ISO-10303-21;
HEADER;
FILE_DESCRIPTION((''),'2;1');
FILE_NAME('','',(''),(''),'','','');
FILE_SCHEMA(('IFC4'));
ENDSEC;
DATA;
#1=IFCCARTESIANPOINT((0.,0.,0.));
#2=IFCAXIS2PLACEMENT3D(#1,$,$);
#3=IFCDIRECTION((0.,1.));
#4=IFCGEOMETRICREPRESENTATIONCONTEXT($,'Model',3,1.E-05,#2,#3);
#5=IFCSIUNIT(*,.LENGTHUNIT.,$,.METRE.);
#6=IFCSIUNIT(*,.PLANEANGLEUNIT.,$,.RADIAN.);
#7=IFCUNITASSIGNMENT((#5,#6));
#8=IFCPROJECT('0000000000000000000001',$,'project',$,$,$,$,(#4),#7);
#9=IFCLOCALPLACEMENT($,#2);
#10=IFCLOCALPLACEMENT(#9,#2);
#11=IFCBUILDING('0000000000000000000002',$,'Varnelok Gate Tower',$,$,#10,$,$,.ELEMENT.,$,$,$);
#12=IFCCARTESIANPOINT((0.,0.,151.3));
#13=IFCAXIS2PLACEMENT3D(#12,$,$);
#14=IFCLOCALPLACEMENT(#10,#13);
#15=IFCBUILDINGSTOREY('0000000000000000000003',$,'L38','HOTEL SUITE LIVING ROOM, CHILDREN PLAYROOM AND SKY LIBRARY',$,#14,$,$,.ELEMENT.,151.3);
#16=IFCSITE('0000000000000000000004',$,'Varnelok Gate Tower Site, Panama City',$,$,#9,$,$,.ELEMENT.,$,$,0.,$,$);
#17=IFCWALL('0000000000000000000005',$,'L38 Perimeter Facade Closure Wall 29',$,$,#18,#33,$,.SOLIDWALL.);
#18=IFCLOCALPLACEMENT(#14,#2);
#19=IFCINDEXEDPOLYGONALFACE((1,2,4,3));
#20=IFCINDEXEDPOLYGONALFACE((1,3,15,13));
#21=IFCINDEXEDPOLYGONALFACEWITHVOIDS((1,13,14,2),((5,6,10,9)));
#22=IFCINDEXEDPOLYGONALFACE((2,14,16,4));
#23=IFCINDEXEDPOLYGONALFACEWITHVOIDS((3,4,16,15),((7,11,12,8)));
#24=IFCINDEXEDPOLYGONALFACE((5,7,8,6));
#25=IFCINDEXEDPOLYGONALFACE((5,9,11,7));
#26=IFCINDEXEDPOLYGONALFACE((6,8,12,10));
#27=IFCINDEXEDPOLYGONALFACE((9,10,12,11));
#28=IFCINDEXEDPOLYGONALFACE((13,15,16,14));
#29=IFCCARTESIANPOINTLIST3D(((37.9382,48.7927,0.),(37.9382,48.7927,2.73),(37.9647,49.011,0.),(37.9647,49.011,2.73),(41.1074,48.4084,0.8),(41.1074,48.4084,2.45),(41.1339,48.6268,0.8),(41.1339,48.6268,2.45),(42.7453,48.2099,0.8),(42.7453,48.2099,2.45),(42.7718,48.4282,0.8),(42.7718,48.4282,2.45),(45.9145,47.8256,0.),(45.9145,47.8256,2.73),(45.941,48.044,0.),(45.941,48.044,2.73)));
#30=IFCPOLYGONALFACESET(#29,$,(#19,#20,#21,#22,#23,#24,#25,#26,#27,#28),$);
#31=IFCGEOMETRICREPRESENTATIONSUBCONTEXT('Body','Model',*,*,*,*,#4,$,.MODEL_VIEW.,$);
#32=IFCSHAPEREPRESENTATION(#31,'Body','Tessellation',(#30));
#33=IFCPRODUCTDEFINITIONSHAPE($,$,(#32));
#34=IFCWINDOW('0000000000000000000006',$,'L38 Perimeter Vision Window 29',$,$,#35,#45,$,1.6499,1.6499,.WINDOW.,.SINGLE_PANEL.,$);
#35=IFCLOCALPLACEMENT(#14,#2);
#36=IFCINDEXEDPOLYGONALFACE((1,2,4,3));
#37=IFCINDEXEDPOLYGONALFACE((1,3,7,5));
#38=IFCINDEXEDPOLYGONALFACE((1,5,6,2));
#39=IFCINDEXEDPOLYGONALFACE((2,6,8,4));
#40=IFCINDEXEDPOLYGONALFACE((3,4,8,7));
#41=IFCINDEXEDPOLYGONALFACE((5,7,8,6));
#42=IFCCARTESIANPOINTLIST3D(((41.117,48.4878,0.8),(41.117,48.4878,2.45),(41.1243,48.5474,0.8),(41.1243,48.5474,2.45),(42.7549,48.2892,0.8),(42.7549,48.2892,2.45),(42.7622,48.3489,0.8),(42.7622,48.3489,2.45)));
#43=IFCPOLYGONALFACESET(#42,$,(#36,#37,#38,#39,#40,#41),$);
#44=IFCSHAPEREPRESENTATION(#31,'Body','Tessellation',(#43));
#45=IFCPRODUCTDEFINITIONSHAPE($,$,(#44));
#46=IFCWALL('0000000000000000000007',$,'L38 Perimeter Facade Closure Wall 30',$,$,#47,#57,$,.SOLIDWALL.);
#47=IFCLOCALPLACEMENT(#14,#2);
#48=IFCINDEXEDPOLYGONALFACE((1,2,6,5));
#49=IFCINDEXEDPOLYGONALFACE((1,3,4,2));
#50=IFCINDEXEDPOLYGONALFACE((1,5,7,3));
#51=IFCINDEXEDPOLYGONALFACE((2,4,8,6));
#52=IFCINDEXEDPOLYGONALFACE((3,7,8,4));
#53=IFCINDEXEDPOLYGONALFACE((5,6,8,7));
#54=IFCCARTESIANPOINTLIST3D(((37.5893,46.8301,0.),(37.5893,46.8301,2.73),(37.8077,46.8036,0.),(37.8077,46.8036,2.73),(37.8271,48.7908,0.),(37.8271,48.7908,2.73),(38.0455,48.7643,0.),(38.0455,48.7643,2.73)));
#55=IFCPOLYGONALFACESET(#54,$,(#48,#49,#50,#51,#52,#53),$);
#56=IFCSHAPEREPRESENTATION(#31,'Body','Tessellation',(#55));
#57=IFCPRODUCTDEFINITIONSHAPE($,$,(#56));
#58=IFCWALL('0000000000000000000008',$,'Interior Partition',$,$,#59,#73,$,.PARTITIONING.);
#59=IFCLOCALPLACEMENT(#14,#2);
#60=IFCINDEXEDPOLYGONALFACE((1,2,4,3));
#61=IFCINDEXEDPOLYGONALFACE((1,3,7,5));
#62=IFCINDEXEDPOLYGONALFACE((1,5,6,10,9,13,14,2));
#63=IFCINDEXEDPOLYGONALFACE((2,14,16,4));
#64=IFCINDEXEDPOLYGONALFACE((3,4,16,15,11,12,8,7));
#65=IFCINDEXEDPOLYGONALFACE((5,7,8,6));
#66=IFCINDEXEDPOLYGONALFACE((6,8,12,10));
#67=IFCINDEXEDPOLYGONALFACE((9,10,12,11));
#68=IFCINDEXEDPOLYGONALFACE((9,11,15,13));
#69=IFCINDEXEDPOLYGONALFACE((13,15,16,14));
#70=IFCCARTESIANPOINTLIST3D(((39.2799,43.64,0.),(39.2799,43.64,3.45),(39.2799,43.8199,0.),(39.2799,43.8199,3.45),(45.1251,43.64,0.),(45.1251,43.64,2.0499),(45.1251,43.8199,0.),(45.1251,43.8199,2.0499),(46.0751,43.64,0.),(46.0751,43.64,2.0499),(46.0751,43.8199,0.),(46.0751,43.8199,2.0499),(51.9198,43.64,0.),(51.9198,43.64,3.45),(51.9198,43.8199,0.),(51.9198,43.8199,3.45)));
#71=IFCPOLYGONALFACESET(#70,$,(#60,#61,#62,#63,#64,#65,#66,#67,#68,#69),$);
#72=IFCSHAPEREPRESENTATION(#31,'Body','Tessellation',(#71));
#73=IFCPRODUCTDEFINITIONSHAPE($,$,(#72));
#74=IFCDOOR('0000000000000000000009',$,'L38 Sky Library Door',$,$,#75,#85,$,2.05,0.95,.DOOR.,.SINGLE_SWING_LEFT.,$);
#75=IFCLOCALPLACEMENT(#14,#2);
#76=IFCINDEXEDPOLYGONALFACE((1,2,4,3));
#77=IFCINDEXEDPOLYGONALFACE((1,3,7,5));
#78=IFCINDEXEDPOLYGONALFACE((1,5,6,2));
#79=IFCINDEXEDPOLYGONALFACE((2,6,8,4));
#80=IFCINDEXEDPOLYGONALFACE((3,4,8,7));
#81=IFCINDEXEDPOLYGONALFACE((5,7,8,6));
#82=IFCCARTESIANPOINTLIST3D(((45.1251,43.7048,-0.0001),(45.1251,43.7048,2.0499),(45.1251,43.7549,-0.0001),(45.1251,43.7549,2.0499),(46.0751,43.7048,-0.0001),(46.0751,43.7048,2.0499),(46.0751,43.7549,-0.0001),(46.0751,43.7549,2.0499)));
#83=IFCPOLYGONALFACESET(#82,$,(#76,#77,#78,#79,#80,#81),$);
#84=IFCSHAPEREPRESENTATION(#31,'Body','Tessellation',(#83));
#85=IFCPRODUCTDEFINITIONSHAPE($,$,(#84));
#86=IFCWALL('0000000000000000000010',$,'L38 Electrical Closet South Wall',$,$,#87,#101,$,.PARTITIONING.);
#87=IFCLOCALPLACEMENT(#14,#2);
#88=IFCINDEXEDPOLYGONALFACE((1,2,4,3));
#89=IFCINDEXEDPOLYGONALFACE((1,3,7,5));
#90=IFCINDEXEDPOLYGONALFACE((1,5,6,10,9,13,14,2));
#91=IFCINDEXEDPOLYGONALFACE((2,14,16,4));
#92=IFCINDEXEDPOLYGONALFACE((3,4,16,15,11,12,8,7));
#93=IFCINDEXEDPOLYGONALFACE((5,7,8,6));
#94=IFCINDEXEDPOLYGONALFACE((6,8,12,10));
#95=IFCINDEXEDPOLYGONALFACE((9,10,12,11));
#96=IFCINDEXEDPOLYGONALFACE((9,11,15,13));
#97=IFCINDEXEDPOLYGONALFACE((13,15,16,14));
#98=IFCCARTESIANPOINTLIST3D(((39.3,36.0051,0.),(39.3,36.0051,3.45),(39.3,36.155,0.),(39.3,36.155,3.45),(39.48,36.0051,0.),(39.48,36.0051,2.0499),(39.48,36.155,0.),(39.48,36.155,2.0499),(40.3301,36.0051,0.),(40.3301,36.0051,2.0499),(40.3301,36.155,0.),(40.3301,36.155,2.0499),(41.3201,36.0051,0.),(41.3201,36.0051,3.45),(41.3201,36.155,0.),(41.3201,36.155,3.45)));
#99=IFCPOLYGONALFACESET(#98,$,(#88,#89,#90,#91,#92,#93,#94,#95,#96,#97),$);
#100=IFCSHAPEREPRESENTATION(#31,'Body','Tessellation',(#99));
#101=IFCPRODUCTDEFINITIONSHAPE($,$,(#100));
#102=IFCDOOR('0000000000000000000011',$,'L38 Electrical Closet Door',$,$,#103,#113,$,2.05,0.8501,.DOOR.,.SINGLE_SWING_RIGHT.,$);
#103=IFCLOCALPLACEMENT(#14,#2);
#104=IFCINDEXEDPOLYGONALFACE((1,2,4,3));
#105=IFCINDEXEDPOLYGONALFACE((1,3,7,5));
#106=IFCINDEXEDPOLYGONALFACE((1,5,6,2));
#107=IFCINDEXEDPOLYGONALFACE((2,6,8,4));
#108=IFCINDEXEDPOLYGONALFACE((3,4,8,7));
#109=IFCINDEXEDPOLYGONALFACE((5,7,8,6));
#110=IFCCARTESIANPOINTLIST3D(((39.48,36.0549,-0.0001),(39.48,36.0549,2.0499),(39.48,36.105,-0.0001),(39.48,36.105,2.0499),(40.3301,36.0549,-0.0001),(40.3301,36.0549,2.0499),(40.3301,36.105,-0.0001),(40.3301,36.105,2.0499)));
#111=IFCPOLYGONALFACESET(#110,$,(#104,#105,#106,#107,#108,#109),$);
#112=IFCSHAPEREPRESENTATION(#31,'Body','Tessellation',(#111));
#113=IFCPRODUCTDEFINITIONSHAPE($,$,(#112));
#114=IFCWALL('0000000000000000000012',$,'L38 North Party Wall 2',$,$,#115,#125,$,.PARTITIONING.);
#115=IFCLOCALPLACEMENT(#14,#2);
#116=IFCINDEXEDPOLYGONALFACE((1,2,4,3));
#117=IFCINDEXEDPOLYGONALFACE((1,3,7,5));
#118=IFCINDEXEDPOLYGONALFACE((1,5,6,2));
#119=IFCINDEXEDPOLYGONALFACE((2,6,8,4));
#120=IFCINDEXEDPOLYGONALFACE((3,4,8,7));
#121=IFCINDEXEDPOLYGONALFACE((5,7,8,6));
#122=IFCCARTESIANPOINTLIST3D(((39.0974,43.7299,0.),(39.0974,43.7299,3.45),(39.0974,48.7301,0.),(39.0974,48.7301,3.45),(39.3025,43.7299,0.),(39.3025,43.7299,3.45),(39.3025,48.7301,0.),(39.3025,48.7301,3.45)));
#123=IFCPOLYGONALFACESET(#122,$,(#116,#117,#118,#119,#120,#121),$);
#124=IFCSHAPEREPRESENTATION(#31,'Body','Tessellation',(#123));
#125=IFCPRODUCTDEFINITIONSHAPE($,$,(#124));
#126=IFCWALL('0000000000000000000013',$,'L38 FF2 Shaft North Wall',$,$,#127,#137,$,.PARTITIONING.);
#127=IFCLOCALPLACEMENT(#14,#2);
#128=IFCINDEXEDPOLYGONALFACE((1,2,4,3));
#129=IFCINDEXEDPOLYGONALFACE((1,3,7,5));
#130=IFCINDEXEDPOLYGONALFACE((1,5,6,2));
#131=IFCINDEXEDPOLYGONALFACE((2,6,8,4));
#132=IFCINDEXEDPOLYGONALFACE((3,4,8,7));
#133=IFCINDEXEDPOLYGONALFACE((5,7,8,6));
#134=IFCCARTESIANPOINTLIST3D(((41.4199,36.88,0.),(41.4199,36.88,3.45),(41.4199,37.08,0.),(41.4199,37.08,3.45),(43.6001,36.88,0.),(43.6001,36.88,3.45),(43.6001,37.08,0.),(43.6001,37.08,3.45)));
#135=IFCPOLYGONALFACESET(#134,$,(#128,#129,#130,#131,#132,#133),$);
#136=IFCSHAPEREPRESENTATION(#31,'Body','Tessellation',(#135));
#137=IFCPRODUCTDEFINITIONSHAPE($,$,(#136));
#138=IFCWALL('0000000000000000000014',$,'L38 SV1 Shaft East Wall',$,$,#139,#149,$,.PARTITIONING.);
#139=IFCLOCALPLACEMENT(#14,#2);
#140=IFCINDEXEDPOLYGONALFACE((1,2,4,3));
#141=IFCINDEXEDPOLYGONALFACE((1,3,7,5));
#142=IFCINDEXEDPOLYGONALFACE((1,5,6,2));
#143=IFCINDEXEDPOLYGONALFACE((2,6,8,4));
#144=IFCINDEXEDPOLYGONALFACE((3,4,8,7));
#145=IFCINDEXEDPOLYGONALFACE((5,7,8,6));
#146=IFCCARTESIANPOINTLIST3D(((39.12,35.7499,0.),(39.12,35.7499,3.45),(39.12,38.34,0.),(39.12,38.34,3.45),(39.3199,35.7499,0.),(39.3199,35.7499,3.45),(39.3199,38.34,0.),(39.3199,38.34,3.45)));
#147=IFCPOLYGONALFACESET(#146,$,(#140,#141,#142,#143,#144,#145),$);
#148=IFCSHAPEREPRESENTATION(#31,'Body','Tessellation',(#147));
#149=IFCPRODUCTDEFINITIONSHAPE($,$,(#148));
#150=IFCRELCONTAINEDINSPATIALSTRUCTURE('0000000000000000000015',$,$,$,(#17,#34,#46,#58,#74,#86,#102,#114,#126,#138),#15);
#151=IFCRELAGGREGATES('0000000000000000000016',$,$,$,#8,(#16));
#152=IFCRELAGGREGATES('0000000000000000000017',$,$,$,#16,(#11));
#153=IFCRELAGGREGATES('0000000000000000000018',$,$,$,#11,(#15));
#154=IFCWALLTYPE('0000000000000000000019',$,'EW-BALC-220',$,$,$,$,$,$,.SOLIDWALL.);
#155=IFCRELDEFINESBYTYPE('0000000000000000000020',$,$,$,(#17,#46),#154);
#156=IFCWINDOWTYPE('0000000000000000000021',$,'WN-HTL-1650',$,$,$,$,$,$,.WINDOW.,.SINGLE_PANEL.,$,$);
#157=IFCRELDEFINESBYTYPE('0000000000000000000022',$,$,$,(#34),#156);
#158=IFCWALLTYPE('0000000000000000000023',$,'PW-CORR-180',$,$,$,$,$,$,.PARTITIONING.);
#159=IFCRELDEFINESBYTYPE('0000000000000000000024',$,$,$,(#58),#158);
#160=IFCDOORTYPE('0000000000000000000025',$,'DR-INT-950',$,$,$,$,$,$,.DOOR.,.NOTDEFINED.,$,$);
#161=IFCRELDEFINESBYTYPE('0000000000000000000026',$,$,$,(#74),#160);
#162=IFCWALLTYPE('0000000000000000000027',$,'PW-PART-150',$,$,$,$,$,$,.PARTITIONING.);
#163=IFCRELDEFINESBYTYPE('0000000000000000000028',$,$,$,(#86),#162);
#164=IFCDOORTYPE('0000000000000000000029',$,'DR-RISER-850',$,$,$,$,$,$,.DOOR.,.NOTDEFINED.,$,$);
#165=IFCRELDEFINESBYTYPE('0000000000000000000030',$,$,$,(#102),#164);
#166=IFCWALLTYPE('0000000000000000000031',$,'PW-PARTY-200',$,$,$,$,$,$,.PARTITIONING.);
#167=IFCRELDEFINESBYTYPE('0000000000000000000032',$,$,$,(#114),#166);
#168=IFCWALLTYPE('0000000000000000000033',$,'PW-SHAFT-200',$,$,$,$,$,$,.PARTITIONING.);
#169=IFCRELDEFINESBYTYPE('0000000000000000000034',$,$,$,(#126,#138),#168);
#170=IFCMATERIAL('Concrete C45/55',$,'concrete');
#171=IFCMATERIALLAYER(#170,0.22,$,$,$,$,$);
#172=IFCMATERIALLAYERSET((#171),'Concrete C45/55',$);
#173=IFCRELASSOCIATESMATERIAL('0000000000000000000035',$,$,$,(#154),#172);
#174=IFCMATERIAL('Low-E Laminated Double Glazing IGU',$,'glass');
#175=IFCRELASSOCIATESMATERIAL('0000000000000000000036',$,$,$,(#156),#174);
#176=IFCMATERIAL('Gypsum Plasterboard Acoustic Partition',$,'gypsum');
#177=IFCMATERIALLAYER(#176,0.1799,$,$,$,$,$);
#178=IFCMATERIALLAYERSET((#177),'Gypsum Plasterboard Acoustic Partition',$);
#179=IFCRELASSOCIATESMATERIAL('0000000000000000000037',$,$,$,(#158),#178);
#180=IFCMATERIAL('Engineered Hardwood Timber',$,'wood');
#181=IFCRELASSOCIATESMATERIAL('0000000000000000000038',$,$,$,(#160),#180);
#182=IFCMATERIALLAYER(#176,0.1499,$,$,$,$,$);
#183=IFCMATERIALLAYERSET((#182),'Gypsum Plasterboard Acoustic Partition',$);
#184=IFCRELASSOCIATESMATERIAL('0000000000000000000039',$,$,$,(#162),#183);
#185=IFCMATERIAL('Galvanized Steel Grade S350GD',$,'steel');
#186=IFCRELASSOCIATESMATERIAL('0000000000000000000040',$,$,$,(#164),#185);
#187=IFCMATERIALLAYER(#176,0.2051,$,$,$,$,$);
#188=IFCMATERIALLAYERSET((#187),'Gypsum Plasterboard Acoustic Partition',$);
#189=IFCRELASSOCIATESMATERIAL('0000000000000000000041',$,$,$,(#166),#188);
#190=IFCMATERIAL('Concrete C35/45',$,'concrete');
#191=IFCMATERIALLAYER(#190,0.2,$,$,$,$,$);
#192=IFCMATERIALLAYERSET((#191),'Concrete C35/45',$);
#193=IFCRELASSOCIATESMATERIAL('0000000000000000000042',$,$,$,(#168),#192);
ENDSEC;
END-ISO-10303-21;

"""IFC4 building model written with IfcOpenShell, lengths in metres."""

from ifc_helpers import new_model, si_unit, direction, frame, frame_2d, origin, place, context, subcontext, project, spatial, rectangle, extrude, material, layer, layer_set, type_object, element, fill, save


model = new_model("IFC4")

# Units and contexts
model_context = context("Model", 3, precision=1e-05, world=origin(), true_north=direction((0.0, 1.0)))
body_context = subcontext(model_context, "Body", "Model", "MODEL_VIEW")
ifc_project = project(units=[si_unit("LENGTHUNIT", "METRE"), si_unit("PLANEANGLEUNIT", "RADIAN")], contexts=[model_context])

# Site, building, storey
site_placement = place(None, origin())
site = spatial("IfcSite", under=ifc_project, at=site_placement, Name="Varnelok Gate Tower Site, Panama City", CompositionType="ELEMENT", RefElevation=0.0)
building_placement = place(site_placement, origin())
building = spatial("IfcBuilding", under=site, at=building_placement, Name="Varnelok Gate Tower", CompositionType="ELEMENT")
storey_placement = place(building_placement, frame((0.0, 0.0, 151.3)))
storey = spatial("IfcBuildingStorey", under=building, at=storey_placement, Name="L38", Description="HOTEL SUITE LIVING ROOM, CHILDREN PLAYROOM AND SKY LIBRARY", CompositionType="ELEMENT", Elevation=151.3)

# Shared definitions
ifc_material_1 = material(Name="Concrete C45/55", Category="concrete")
ifc_layer_1 = layer(ifc_material_1, 0.22)
ifc_layer_set_1 = layer_set([ifc_layer_1], Name="Concrete C45/55")
wall_type_1 = type_object("IfcWallType", Name="EW-BALC-220", PredefinedType="SOLIDWALL", material=ifc_layer_set_1)

# Wall, opening, window
wall_1_placement = place(storey_placement, frame((45.9277, 47.9348, 0.0), z_axis=(0.0, 0.0, 1.0), x_axis=(-0.992731, 0.120358, 0.0)))
wall_1 = element("IfcWall", 1, at=wall_1_placement, inside=storey, type_object=wall_type_1, Name="L38 Perimeter Facade Closure Wall 29", PredefinedType="SOLIDWALL", context=body_context, shape_type="SweptSolid", body=[
    extrude(rectangle(XDim=8.0347, YDim=0.22, at=frame_2d((4.0173, 0.0))), origin(), (0.0, 0.0, 1.0), 2.73),
])
opening_1_placement = place(wall_1_placement, frame((3.1924, 0.0, 0.8)))
opening_1 = element("IfcOpeningElement", 2, at=opening_1_placement, cuts=wall_1, PredefinedType="OPENING", context=body_context, shape_type="SweptSolid", body=[
    extrude(rectangle(XDim=1.6499, YDim=1.6499, at=frame_2d((0.825, 0.825))), frame((0.0, 0.1199, 0.0), z_axis=(0.0, -1.0, 0.0), x_axis=(1.0, 0.0, 0.0)), (0.0, 0.0, 1.0), 0.24),
])
ifc_material_2 = material(Name="Low-E Laminated Double Glazing IGU", Category="glass")
window_type = type_object("IfcWindowType", Name="WN-HTL-1650", PartitioningType="SINGLE_PANEL", PredefinedType="WINDOW", material=ifc_material_2)
window_placement = place(opening_1_placement, origin())
window = element("IfcWindow", 3, at=window_placement, inside=storey, type_object=window_type, Name="L38 Perimeter Vision Window 29", OverallHeight=1.6499, OverallWidth=1.6499, PartitioningType="SINGLE_PANEL", PredefinedType="WINDOW", context=body_context, shape_type="SweptSolid", body=[
    extrude(rectangle(XDim=1.6499, YDim=1.6499, at=frame_2d((0.825, 0.825))), frame((0.0, 0.03, 0.0), z_axis=(0.0, -1.0, 0.0), x_axis=(1.0, 0.0, 0.0)), (0.0, 0.0, 1.0), 0.0601),
])
fill(opening_1, window)

# Wall
wall_2_placement = place(storey_placement, frame((37.9363, 48.7776, 0.0), z_axis=(0.0, 0.0, 1.0), x_axis=(-0.120398, -0.992726, 0.0)))
element("IfcWall", 4, at=wall_2_placement, inside=storey, type_object=wall_type_1, Name="L38 Perimeter Facade Closure Wall 30", PredefinedType="SOLIDWALL", context=body_context, shape_type="SweptSolid", body=[
    extrude(rectangle(XDim=1.9751, YDim=0.22, at=frame_2d((0.9875, 0.0))), origin(), (0.0, 0.0, 1.0), 2.73),
])

# Walls, openings, doors
ifc_material_3 = material(Name="Gypsum Plasterboard Acoustic Partition", Category="gypsum")
ifc_layer_2 = layer(ifc_material_3, 0.1799)
ifc_layer_set_2 = layer_set([ifc_layer_2], Name="Gypsum Plasterboard Acoustic Partition")
wall_type_2 = type_object("IfcWallType", Name="PW-CORR-180", PredefinedType="PARTITIONING", material=ifc_layer_set_2)
wall_3_placement = place(storey_placement, frame((39.28, 43.73, 0.0), z_axis=(0.0, 0.0, 1.0), x_axis=(1.0, 0.0, 0.0)))
wall_3 = element("IfcWall", 5, at=wall_3_placement, inside=storey, type_object=wall_type_2, Name="Interior Partition", PredefinedType="PARTITIONING", context=body_context, shape_type="SweptSolid", body=[
    extrude(rectangle(XDim=12.6399, YDim=0.1799, at=frame_2d((6.3198, 0.0))), origin(), (0.0, 0.0, 1.0), 3.45),
])
opening_2_placement = place(wall_3_placement, frame((5.845, 0.0, 0.0)))
opening_2 = element("IfcOpeningElement", 6, at=opening_2_placement, cuts=wall_3, PredefinedType="OPENING", context=body_context, shape_type="SweptSolid", body=[
    extrude(rectangle(XDim=0.95, YDim=2.05, at=frame_2d((0.4751, 1.0249))), frame((0.0, 0.0999, 0.0), z_axis=(0.0, -1.0, 0.0), x_axis=(1.0, 0.0, 0.0)), (0.0, 0.0, 1.0), 0.2),
])
ifc_material_4 = material(Name="Engineered Hardwood Timber", Category="wood")
door_type_1 = type_object("IfcDoorType", Name="DR-INT-950", OperationType="NOTDEFINED", PredefinedType="DOOR", material=ifc_material_4)
door_1_placement = place(opening_2_placement, origin())
door_1 = element("IfcDoor", 7, at=door_1_placement, inside=storey, type_object=door_type_1, Name="L38 Sky Library Door", OperationType="SINGLE_SWING_LEFT", OverallHeight=2.05, OverallWidth=0.95, PredefinedType="DOOR", context=body_context, shape_type="SweptSolid", body=[
    extrude(rectangle(XDim=0.95, YDim=2.05, at=frame_2d((0.4751, 1.0249))), frame((0.0, 0.0249, 0.0), z_axis=(0.0, -1.0, 0.0), x_axis=(1.0, 0.0, 0.0)), (0.0, 0.0, 1.0), 0.05),
])
fill(opening_2, door_1)
ifc_layer_3 = layer(ifc_material_3, 0.1499)
ifc_layer_set_3 = layer_set([ifc_layer_3], Name="Gypsum Plasterboard Acoustic Partition")
wall_type_3 = type_object("IfcWallType", Name="PW-PART-150", PredefinedType="PARTITIONING", material=ifc_layer_set_3)
wall_4_placement = place(storey_placement, frame((39.3, 36.0801, 0.0), z_axis=(0.0, 0.0, 1.0), x_axis=(1.0, 0.0, 0.0)))
wall_4 = element("IfcWall", 8, at=wall_4_placement, inside=storey, type_object=wall_type_3, Name="L38 Electrical Closet South Wall", PredefinedType="PARTITIONING", context=body_context, shape_type="SweptSolid", body=[
    extrude(rectangle(XDim=2.02, YDim=0.1499, at=frame_2d((1.01, 0.0))), origin(), (0.0, 0.0, 1.0), 3.45),
])
opening_3_placement = place(wall_4_placement, frame((0.1799, 0.0, 0.0)))
opening_3 = element("IfcOpeningElement", 9, at=opening_3_placement, cuts=wall_4, PredefinedType="OPENING", context=body_context, shape_type="SweptSolid", body=[
    extrude(rectangle(XDim=0.8501, YDim=2.05, at=frame_2d((0.425, 1.0249))), frame((0.0, 0.085, 0.0), z_axis=(0.0, -1.0, 0.0), x_axis=(1.0, 0.0, 0.0)), (0.0, 0.0, 1.0), 0.1699),
])
ifc_material_5 = material(Name="Galvanized Steel Grade S350GD", Category="steel")
door_type_2 = type_object("IfcDoorType", Name="DR-RISER-850", OperationType="NOTDEFINED", PredefinedType="DOOR", material=ifc_material_5)
door_2_placement = place(opening_3_placement, origin())
door_2 = element("IfcDoor", 10, at=door_2_placement, inside=storey, type_object=door_type_2, Name="L38 Electrical Closet Door", OperationType="SINGLE_SWING_RIGHT", OverallHeight=2.05, OverallWidth=0.8501, PredefinedType="DOOR", context=body_context, shape_type="SweptSolid", body=[
    extrude(rectangle(XDim=0.8501, YDim=2.05, at=frame_2d((0.425, 1.0249))), frame((0.0, 0.0249, 0.0), z_axis=(0.0, -1.0, 0.0), x_axis=(1.0, 0.0, 0.0)), (0.0, 0.0, 1.0), 0.05),
])
fill(opening_3, door_2)

# Walls
ifc_layer_4 = layer(ifc_material_3, 0.2051)
ifc_layer_set_4 = layer_set([ifc_layer_4], Name="Gypsum Plasterboard Acoustic Partition")
wall_type_4 = type_object("IfcWallType", Name="PW-PARTY-200", PredefinedType="PARTITIONING", material=ifc_layer_set_4)
wall_5_placement = place(storey_placement, frame((39.2, 43.73, 0.0), z_axis=(0.0, 0.0, 1.0), x_axis=(0.0, 1.0, 0.0)))
element("IfcWall", 11, at=wall_5_placement, inside=storey, type_object=wall_type_4, Name="L38 North Party Wall 2", PredefinedType="PARTITIONING", context=body_context, shape_type="SweptSolid", body=[
    extrude(rectangle(XDim=5.0002, YDim=0.2051, at=frame_2d((2.5, 0.0))), origin(), (0.0, 0.0, 1.0), 3.45),
])
ifc_material_6 = material(Name="Concrete C35/45", Category="concrete")
ifc_layer_5 = layer(ifc_material_6, 0.2)
ifc_layer_set_5 = layer_set([ifc_layer_5], Name="Concrete C35/45")
wall_type_5 = type_object("IfcWallType", Name="PW-SHAFT-200", PredefinedType="PARTITIONING", material=ifc_layer_set_5)
wall_6_placement = place(storey_placement, frame((41.4199, 36.98, 0.0), z_axis=(0.0, 0.0, 1.0), x_axis=(1.0, 0.0, 0.0)))
element("IfcWall", 12, at=wall_6_placement, inside=storey, type_object=wall_type_5, Name="L38 FF2 Shaft North Wall", PredefinedType="PARTITIONING", context=body_context, shape_type="SweptSolid", body=[
    extrude(rectangle(XDim=2.1802, YDim=0.2, at=frame_2d((1.0901, 0.0))), origin(), (0.0, 0.0, 1.0), 3.45),
])
wall_7_placement = place(storey_placement, frame((39.22, 35.75, 0.0), z_axis=(0.0, 0.0, 1.0), x_axis=(0.0, 1.0, 0.0)))
element("IfcWall", 13, at=wall_7_placement, inside=storey, type_object=wall_type_5, Name="L38 SV1 Shaft East Wall", PredefinedType="PARTITIONING", context=body_context, shape_type="SweptSolid", body=[
    extrude(rectangle(XDim=2.5901, YDim=0.2, at=frame_2d((1.2949, 0.0))), origin(), (0.0, 0.0, 1.0), 3.45),
])

save(model, "model.ifc")
